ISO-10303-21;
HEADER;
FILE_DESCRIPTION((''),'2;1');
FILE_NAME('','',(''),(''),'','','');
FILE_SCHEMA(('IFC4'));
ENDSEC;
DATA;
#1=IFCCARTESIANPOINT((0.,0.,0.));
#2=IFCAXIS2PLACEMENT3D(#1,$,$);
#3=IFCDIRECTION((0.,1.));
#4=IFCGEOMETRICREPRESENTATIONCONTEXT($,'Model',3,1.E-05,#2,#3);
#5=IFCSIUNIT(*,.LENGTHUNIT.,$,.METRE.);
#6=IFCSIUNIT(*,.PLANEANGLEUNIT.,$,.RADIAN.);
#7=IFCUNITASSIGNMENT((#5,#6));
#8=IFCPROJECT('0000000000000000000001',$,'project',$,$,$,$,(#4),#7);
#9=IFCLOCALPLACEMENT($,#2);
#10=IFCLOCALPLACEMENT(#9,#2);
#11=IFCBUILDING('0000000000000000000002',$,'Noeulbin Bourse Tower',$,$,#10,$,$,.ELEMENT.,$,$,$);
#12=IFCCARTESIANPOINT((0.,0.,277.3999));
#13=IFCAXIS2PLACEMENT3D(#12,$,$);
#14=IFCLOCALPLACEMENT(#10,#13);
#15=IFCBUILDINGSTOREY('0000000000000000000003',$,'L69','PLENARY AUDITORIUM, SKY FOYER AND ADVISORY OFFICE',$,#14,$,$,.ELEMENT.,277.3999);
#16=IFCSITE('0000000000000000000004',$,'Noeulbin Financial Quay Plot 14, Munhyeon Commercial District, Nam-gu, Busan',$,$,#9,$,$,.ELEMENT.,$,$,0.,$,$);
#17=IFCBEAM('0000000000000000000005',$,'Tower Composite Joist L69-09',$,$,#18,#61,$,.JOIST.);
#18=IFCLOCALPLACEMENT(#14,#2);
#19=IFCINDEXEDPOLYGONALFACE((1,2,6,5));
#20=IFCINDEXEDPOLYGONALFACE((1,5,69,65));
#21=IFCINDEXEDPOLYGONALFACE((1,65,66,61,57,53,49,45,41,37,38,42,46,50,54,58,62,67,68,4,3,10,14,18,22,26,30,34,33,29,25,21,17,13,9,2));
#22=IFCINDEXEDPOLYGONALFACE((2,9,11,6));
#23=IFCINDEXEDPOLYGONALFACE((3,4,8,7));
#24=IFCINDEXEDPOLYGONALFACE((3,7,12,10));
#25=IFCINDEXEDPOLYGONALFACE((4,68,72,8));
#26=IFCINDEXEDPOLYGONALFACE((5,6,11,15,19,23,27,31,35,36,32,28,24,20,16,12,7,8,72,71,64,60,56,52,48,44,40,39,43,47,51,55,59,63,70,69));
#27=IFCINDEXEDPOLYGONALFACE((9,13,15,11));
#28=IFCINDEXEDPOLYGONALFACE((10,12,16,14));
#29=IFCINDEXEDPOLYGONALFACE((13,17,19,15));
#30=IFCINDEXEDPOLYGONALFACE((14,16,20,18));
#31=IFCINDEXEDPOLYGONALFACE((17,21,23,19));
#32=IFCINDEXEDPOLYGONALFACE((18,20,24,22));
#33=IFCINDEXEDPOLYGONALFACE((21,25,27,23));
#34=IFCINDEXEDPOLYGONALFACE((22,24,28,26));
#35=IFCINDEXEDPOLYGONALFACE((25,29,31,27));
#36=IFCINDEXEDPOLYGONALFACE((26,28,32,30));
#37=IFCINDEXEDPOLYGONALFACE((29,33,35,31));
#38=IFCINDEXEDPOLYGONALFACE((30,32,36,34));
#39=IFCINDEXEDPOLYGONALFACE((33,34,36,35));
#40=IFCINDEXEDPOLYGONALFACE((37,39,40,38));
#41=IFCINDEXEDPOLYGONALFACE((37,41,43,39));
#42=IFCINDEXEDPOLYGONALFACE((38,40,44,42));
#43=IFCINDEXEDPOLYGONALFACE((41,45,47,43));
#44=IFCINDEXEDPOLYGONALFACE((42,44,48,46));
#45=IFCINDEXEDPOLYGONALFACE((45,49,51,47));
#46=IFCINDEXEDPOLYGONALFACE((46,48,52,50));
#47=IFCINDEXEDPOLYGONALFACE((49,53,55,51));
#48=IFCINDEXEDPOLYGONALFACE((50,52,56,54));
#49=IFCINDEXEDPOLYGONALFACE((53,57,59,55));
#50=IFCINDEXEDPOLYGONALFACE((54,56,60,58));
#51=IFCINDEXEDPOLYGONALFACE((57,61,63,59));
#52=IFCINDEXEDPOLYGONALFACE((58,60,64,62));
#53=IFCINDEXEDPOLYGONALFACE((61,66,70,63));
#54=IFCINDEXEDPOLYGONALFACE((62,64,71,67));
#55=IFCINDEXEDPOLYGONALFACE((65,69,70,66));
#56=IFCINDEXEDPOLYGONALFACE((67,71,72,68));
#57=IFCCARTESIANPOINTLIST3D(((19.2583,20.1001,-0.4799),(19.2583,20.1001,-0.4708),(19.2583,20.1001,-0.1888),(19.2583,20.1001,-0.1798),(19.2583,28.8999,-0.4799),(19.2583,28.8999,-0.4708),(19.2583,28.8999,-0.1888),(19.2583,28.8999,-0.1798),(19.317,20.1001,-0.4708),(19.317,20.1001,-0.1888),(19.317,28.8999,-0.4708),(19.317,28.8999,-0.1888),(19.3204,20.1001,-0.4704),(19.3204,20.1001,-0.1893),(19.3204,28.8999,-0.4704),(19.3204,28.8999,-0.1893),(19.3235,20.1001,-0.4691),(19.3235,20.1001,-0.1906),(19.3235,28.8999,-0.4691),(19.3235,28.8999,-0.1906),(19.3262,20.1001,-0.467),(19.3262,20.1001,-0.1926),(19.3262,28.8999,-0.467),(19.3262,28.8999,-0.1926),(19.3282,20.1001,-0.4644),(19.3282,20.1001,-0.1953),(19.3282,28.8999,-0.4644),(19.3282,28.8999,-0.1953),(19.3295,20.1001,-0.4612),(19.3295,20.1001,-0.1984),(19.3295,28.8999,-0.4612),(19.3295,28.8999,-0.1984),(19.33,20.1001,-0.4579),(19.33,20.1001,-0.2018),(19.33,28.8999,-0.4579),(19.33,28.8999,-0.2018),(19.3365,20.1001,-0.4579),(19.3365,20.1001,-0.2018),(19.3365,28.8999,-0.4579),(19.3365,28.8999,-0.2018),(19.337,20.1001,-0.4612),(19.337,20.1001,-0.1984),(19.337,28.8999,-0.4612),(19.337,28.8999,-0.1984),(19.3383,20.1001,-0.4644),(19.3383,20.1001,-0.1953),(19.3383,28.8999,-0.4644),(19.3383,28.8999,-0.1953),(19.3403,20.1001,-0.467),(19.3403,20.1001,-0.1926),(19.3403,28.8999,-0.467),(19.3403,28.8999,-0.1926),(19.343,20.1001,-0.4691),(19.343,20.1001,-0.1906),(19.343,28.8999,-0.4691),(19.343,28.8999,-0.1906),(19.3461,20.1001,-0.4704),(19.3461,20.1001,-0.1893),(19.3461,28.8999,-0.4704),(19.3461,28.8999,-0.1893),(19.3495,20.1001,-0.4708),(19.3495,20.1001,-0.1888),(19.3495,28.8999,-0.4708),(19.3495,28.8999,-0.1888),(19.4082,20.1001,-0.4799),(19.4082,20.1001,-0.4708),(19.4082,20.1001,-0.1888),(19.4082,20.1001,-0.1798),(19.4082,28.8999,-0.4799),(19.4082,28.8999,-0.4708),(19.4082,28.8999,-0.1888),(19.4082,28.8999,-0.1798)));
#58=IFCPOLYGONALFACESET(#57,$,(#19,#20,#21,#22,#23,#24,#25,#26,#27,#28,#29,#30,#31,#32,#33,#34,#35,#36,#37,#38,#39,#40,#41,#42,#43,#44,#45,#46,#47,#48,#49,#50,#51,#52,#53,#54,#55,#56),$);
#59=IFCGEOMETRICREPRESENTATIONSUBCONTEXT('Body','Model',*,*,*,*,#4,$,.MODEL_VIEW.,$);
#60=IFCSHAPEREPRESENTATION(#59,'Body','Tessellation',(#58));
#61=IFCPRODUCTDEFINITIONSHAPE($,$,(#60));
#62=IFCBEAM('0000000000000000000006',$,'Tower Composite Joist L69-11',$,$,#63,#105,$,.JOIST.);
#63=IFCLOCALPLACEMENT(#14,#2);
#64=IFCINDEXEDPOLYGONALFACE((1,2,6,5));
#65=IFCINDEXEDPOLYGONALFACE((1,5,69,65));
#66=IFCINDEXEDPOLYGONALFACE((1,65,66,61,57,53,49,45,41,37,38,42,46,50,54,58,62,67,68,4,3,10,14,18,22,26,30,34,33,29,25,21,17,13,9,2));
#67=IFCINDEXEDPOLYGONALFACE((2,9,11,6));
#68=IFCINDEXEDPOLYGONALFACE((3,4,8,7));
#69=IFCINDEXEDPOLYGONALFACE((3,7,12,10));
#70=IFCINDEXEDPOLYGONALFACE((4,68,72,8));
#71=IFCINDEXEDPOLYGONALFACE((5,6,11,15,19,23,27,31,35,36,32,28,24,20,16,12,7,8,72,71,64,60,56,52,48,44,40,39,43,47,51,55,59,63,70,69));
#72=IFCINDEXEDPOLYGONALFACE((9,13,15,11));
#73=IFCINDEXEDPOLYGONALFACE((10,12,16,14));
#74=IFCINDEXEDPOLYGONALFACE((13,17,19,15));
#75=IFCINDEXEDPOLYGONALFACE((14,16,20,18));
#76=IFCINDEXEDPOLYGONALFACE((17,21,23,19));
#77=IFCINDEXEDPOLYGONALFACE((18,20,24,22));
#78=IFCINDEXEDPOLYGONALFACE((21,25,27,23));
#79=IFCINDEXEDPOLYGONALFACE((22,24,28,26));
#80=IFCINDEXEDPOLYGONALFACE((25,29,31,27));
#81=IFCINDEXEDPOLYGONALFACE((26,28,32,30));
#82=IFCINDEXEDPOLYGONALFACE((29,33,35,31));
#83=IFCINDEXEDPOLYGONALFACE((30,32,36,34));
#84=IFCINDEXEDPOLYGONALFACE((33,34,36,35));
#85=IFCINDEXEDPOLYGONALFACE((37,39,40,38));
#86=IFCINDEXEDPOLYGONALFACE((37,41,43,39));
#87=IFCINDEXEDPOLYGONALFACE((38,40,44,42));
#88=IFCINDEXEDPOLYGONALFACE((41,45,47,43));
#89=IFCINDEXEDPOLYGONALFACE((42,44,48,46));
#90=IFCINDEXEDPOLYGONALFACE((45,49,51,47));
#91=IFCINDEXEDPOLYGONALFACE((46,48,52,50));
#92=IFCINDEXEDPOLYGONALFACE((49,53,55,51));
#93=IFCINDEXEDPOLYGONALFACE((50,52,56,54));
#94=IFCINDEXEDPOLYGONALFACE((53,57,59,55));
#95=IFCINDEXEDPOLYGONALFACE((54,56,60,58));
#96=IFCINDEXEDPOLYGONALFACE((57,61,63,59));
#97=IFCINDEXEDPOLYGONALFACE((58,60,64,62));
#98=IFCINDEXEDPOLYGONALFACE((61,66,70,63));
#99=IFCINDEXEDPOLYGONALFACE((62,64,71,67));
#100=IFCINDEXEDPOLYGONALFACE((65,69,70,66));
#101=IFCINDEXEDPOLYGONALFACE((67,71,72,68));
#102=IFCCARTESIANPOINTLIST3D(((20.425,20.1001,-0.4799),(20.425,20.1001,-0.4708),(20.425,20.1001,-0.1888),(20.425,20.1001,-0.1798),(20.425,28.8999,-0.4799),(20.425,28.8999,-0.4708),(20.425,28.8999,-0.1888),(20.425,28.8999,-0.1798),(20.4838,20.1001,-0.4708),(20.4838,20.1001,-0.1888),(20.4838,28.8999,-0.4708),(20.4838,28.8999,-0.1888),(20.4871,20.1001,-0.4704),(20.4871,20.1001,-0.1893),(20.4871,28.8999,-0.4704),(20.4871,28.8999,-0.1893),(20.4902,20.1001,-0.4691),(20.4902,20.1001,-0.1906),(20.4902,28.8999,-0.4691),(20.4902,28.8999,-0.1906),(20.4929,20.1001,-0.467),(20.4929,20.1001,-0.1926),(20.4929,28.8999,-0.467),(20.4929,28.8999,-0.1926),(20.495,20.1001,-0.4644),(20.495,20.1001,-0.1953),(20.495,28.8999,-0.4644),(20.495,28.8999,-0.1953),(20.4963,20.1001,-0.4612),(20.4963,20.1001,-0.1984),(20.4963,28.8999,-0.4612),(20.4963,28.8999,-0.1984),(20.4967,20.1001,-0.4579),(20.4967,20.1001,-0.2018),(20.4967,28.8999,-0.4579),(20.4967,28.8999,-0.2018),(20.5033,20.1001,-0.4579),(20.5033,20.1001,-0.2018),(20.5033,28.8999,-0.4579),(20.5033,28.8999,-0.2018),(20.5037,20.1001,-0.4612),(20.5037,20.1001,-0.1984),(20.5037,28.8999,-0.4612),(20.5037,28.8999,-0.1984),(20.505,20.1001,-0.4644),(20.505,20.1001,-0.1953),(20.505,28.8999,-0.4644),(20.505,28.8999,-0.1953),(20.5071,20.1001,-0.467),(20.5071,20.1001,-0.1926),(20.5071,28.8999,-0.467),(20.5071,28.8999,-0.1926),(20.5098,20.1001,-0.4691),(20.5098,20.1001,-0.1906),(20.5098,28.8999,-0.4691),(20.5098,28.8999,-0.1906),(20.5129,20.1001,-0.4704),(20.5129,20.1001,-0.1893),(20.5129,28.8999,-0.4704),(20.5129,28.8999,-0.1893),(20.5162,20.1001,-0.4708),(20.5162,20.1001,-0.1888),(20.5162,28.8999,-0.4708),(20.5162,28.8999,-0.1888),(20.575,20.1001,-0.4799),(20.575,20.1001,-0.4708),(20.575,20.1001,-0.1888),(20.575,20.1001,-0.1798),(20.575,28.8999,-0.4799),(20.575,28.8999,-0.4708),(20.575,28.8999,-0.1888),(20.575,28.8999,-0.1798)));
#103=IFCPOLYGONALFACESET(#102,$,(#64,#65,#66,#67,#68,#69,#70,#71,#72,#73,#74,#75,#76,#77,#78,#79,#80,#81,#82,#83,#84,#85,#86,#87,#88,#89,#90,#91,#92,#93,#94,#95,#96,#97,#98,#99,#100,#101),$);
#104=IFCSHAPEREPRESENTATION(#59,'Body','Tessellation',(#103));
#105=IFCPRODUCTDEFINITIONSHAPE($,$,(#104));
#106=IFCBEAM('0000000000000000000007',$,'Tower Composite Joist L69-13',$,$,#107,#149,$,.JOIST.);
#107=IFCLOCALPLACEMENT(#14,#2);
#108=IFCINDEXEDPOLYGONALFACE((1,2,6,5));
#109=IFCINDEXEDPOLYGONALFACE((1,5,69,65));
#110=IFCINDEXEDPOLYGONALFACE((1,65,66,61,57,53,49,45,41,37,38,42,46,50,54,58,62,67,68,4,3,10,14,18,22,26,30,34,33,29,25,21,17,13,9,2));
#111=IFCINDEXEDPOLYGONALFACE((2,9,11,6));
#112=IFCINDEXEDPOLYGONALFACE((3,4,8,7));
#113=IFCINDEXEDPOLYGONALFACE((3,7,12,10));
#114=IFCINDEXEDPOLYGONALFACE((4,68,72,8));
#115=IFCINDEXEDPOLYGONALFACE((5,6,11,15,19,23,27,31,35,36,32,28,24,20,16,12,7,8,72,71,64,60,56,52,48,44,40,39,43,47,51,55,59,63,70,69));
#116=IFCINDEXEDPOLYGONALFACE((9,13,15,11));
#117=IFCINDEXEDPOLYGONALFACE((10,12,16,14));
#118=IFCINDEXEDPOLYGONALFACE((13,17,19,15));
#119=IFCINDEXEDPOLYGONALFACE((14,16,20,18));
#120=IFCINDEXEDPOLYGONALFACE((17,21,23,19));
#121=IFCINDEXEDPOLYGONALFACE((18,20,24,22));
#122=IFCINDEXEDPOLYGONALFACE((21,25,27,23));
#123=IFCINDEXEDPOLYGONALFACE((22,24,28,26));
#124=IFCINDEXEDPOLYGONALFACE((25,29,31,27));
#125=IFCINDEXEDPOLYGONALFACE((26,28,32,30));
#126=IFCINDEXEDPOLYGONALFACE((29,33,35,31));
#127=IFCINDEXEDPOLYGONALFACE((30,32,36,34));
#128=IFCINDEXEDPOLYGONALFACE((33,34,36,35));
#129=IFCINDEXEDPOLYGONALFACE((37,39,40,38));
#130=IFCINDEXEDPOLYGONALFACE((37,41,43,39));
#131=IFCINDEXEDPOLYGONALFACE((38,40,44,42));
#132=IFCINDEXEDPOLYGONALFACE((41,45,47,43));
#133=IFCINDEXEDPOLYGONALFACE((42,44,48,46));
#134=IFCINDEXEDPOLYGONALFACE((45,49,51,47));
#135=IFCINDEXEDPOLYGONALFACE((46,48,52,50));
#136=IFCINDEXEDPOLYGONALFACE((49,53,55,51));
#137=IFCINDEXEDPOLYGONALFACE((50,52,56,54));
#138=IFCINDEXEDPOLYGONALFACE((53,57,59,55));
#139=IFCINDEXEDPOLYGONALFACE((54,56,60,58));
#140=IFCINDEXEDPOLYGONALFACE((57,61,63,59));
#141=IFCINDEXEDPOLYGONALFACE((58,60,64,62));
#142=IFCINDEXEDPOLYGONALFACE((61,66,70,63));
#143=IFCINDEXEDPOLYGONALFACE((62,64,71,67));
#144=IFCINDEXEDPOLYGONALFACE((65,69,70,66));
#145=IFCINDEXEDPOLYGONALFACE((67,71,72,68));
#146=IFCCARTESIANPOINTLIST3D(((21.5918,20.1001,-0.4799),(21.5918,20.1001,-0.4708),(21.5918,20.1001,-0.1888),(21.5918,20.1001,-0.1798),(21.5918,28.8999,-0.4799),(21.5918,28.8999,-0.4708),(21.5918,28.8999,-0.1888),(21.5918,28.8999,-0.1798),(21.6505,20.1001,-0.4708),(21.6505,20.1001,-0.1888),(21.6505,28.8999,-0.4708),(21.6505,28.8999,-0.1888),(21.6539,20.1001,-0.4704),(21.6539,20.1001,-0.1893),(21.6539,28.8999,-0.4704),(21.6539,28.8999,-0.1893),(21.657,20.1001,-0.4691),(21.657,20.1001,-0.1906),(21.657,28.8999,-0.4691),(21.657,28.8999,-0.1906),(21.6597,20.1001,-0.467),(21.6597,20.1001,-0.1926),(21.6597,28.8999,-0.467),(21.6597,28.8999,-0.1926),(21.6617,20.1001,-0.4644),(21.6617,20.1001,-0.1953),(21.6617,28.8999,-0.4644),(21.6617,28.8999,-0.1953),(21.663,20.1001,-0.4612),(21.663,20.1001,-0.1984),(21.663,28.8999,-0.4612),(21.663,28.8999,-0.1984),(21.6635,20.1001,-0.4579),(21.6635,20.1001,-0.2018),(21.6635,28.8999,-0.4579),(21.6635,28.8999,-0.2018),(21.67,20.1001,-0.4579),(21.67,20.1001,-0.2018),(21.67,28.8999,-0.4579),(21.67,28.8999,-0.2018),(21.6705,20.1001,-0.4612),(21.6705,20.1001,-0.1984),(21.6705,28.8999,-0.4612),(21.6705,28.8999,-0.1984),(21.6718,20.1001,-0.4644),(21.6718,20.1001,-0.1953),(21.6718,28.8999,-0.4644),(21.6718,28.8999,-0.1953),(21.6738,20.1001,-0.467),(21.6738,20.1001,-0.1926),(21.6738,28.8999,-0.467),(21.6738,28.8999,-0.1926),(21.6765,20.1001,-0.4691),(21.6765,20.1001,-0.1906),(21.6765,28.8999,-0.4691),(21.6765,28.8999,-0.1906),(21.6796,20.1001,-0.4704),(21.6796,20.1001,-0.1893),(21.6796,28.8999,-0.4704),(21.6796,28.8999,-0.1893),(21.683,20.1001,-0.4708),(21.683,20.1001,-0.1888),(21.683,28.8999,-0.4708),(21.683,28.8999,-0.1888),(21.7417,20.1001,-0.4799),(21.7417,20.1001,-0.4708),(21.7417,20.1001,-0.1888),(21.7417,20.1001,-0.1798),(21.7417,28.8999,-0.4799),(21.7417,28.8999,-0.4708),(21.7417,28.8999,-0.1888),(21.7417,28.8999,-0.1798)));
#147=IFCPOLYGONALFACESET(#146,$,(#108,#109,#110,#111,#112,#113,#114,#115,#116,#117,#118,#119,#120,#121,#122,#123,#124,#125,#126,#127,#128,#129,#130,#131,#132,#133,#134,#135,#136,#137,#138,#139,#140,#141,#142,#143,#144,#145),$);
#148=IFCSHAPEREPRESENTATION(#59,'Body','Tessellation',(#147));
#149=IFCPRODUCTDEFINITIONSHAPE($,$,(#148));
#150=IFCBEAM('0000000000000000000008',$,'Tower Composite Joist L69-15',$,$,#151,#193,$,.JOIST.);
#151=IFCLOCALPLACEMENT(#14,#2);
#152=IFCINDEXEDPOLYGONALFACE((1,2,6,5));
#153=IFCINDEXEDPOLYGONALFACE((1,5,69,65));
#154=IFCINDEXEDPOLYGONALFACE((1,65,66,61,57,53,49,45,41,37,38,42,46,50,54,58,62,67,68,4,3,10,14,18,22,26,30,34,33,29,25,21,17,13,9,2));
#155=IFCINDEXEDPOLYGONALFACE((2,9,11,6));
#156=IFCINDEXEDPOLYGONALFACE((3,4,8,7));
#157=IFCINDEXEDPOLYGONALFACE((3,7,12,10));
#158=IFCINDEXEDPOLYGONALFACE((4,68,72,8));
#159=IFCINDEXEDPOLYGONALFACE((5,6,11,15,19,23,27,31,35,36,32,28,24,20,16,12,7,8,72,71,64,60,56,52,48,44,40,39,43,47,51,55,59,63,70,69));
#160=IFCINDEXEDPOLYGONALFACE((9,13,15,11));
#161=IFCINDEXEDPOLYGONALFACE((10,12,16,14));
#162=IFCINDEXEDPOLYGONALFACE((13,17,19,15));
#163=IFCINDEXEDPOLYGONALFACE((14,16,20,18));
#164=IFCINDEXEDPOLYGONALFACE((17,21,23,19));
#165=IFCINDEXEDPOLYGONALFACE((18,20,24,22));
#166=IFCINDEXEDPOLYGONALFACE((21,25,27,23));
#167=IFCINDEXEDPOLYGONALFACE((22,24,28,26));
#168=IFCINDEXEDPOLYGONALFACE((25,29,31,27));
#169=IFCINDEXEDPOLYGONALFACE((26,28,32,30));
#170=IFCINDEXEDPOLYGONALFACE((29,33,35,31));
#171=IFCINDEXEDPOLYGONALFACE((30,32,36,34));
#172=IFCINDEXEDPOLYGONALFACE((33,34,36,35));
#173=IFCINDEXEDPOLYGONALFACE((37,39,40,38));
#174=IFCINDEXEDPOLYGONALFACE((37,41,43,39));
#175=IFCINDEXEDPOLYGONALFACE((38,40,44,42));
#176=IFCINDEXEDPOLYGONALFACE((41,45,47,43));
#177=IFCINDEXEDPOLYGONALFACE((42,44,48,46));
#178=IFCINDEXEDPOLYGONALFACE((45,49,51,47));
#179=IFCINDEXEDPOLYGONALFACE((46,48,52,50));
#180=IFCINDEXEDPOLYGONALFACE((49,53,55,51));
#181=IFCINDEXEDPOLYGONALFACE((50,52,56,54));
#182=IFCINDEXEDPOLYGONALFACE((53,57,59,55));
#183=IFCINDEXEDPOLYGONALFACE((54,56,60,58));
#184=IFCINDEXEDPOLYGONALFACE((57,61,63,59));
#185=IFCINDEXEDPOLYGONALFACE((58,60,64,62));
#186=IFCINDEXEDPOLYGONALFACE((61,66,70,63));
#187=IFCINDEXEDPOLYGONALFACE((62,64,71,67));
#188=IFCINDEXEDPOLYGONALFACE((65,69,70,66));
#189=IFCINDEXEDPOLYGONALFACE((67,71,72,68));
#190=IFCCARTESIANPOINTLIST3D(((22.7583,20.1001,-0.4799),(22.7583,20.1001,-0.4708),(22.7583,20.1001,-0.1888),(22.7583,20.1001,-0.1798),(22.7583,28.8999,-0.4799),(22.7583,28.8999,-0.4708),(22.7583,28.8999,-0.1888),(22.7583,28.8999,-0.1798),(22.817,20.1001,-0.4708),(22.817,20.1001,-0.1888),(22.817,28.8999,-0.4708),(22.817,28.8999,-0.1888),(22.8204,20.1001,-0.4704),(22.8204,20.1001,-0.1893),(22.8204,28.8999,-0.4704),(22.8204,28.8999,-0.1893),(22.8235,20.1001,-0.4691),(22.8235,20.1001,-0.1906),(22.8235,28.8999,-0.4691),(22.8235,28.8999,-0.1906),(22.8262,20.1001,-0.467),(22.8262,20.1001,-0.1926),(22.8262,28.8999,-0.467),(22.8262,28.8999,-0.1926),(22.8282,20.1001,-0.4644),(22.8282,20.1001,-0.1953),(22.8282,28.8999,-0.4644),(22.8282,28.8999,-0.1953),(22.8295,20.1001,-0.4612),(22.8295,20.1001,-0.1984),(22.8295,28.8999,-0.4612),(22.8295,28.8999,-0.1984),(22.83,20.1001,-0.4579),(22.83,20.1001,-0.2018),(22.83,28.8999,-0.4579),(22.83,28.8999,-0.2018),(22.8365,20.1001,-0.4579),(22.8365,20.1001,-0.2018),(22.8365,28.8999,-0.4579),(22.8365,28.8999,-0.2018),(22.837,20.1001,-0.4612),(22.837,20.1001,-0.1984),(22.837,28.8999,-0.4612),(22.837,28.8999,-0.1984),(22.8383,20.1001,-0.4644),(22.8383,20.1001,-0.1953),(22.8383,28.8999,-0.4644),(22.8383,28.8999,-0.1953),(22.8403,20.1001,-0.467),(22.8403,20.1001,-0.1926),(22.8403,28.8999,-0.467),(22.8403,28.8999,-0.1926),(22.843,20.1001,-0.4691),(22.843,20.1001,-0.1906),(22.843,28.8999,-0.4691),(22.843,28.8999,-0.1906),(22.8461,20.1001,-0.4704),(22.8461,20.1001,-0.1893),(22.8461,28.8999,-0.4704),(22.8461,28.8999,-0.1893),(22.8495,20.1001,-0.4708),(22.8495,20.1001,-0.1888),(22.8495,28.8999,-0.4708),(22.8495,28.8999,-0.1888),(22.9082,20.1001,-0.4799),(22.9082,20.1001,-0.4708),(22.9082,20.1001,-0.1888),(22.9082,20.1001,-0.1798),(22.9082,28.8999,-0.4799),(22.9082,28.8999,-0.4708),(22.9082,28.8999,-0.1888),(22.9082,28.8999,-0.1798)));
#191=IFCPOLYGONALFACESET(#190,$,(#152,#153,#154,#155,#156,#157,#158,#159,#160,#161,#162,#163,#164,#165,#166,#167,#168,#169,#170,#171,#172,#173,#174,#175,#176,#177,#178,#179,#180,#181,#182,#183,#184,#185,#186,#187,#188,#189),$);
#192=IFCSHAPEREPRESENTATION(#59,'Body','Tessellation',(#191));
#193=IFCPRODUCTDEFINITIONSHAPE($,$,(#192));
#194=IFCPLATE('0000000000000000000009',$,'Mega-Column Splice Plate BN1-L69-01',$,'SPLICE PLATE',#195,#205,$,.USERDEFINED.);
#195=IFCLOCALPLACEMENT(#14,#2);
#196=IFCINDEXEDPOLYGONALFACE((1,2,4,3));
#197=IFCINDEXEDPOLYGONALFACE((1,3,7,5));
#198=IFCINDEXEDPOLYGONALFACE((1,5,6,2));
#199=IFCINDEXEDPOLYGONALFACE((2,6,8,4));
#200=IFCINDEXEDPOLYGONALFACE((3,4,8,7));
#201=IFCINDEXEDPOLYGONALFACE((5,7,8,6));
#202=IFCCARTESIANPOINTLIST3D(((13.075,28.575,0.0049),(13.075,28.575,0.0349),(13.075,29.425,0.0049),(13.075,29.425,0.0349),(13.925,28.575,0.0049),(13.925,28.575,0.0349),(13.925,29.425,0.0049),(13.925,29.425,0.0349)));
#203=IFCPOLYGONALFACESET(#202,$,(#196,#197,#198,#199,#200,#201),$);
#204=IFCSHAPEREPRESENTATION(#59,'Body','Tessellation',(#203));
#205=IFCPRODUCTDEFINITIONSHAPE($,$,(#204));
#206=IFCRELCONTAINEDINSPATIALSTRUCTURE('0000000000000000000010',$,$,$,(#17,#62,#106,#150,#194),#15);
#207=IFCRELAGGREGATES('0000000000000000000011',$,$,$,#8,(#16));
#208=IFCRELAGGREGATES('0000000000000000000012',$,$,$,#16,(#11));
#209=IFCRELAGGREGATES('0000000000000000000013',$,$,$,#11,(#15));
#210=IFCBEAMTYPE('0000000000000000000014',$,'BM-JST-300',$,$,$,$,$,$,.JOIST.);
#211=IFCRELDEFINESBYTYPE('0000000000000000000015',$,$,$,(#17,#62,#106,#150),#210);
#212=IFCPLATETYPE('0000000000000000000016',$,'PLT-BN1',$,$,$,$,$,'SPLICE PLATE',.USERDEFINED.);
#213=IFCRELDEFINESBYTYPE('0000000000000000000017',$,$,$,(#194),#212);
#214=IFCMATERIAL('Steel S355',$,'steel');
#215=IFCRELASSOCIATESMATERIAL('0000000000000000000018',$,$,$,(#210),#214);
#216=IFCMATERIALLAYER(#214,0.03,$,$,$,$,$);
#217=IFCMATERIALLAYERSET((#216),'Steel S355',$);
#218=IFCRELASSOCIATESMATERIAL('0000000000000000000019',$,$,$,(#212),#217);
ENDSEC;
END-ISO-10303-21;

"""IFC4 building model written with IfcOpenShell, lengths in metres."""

from ifc_helpers import new_model, si_unit, direction, frame, origin, origin_2d, place, context, subcontext, project, spatial, rectangle, i_section, extrude, material, layer, layer_set, material_profile, profile_set, type_object, element, save


model = new_model("IFC4")

# Units and contexts
model_context = context("Model", 3, precision=1e-05, world=origin(), true_north=direction((0.0, 1.0)))
body_context = subcontext(model_context, "Body", "Model", "MODEL_VIEW")
ifc_project = project(units=[si_unit("LENGTHUNIT", "METRE"), si_unit("PLANEANGLEUNIT", "RADIAN")], contexts=[model_context])

# Site, building, storey
site_placement = place(None, origin())
site = spatial("IfcSite", under=ifc_project, at=site_placement, Name="Noeulbin Financial Quay Plot 14, Munhyeon Commercial District, Nam-gu, Busan", CompositionType="ELEMENT", RefElevation=0.0)
building_placement = place(site_placement, origin())
building = spatial("IfcBuilding", under=site, at=building_placement, Name="Noeulbin Bourse Tower", CompositionType="ELEMENT")
storey_placement = place(building_placement, frame((0.0, 0.0, 277.3999)))
storey = spatial("IfcBuildingStorey", under=building, at=storey_placement, Name="L69", Description="PLENARY AUDITORIUM, SKY FOYER AND ADVISORY OFFICE", CompositionType="ELEMENT", Elevation=277.3999)

# Shared definitions
ifc_material_1 = material(Name="Steel S355", Category="steel")

# Beams
ifc_material_profile_1 = material_profile(ifc_material_1, i_section(OverallWidth=0.1499, OverallDepth=0.3, WebThickness=0.0066, FlangeThickness=0.009, FilletRadius=0.0129, at=origin_2d()), Name="H-300x150x6.5x9", Category="LoadBearing")
ifc_profile_set_1 = profile_set([ifc_material_profile_1], Name="Steel S355")
beam_type_1 = type_object("IfcBeamType", Name="BM-JST-300", PredefinedType="JOIST", material=ifc_profile_set_1)
for number, where, z_axis, x_axis, name in (
    (1, (19.3333, 20.1001, -0.3298), (0.0, 1.0, 0.0), (-1.0, 0.0, 0.0), "Tower Composite Joist L69-09"),
    (2, (20.5, 20.1001, -0.3298), (0.0, 1.0, 0.0), (-1.0, 0.0, 0.0), "Tower Composite Joist L69-11"),
    (3, (21.6667, 20.1001, -0.3298), (0.0, 1.0, 0.0), (-1.0, 0.0, 0.0), "Tower Composite Joist L69-13"),
    (4, (22.8333, 20.1001, -0.3298), (0.0, 1.0, 0.0), (-1.0, 0.0, 0.0), "Tower Composite Joist L69-15"),
):
    element("IfcBeam", number, at=place(storey_placement, frame(where, z_axis=z_axis, x_axis=x_axis)), inside=storey, type_object=beam_type_1, Name=name, PredefinedType="JOIST", context=body_context, shape_type="SweptSolid", body=[
        extrude(i_section(OverallWidth=0.1499, OverallDepth=0.3, WebThickness=0.0066, FlangeThickness=0.009, FilletRadius=0.0129, at=origin_2d()), origin(), (0.0, 0.0, 1.0), 8.7998),
    ])

# Plate
ifc_layer_1 = layer(ifc_material_1, 0.03)
ifc_layer_set_1 = layer_set([ifc_layer_1], Name="Steel S355")
plate_type = type_object("IfcPlateType", Name="PLT-BN1", ElementType="SPLICE PLATE", PredefinedType="USERDEFINED", material=ifc_layer_set_1)
for number, where, z_axis, x_axis, name in (
    (5, (13.5, 29.0, 0.0049), (0.0, 0.0, 1.0), (1.0, 0.0, 0.0), "Mega-Column Splice Plate BN1-L69-01"),
):
    element("IfcPlate", number, at=place(storey_placement, frame(where, z_axis=z_axis, x_axis=x_axis)), inside=storey, type_object=plate_type, Name=name, ObjectType="SPLICE PLATE", PredefinedType="USERDEFINED", context=body_context, shape_type="SweptSolid", body=[
        extrude(rectangle(XDim=0.8501, YDim=0.8501, at=origin_2d()), origin(), (0.0, 0.0, 1.0), 0.03),
    ])

save(model, "model.ifc")
